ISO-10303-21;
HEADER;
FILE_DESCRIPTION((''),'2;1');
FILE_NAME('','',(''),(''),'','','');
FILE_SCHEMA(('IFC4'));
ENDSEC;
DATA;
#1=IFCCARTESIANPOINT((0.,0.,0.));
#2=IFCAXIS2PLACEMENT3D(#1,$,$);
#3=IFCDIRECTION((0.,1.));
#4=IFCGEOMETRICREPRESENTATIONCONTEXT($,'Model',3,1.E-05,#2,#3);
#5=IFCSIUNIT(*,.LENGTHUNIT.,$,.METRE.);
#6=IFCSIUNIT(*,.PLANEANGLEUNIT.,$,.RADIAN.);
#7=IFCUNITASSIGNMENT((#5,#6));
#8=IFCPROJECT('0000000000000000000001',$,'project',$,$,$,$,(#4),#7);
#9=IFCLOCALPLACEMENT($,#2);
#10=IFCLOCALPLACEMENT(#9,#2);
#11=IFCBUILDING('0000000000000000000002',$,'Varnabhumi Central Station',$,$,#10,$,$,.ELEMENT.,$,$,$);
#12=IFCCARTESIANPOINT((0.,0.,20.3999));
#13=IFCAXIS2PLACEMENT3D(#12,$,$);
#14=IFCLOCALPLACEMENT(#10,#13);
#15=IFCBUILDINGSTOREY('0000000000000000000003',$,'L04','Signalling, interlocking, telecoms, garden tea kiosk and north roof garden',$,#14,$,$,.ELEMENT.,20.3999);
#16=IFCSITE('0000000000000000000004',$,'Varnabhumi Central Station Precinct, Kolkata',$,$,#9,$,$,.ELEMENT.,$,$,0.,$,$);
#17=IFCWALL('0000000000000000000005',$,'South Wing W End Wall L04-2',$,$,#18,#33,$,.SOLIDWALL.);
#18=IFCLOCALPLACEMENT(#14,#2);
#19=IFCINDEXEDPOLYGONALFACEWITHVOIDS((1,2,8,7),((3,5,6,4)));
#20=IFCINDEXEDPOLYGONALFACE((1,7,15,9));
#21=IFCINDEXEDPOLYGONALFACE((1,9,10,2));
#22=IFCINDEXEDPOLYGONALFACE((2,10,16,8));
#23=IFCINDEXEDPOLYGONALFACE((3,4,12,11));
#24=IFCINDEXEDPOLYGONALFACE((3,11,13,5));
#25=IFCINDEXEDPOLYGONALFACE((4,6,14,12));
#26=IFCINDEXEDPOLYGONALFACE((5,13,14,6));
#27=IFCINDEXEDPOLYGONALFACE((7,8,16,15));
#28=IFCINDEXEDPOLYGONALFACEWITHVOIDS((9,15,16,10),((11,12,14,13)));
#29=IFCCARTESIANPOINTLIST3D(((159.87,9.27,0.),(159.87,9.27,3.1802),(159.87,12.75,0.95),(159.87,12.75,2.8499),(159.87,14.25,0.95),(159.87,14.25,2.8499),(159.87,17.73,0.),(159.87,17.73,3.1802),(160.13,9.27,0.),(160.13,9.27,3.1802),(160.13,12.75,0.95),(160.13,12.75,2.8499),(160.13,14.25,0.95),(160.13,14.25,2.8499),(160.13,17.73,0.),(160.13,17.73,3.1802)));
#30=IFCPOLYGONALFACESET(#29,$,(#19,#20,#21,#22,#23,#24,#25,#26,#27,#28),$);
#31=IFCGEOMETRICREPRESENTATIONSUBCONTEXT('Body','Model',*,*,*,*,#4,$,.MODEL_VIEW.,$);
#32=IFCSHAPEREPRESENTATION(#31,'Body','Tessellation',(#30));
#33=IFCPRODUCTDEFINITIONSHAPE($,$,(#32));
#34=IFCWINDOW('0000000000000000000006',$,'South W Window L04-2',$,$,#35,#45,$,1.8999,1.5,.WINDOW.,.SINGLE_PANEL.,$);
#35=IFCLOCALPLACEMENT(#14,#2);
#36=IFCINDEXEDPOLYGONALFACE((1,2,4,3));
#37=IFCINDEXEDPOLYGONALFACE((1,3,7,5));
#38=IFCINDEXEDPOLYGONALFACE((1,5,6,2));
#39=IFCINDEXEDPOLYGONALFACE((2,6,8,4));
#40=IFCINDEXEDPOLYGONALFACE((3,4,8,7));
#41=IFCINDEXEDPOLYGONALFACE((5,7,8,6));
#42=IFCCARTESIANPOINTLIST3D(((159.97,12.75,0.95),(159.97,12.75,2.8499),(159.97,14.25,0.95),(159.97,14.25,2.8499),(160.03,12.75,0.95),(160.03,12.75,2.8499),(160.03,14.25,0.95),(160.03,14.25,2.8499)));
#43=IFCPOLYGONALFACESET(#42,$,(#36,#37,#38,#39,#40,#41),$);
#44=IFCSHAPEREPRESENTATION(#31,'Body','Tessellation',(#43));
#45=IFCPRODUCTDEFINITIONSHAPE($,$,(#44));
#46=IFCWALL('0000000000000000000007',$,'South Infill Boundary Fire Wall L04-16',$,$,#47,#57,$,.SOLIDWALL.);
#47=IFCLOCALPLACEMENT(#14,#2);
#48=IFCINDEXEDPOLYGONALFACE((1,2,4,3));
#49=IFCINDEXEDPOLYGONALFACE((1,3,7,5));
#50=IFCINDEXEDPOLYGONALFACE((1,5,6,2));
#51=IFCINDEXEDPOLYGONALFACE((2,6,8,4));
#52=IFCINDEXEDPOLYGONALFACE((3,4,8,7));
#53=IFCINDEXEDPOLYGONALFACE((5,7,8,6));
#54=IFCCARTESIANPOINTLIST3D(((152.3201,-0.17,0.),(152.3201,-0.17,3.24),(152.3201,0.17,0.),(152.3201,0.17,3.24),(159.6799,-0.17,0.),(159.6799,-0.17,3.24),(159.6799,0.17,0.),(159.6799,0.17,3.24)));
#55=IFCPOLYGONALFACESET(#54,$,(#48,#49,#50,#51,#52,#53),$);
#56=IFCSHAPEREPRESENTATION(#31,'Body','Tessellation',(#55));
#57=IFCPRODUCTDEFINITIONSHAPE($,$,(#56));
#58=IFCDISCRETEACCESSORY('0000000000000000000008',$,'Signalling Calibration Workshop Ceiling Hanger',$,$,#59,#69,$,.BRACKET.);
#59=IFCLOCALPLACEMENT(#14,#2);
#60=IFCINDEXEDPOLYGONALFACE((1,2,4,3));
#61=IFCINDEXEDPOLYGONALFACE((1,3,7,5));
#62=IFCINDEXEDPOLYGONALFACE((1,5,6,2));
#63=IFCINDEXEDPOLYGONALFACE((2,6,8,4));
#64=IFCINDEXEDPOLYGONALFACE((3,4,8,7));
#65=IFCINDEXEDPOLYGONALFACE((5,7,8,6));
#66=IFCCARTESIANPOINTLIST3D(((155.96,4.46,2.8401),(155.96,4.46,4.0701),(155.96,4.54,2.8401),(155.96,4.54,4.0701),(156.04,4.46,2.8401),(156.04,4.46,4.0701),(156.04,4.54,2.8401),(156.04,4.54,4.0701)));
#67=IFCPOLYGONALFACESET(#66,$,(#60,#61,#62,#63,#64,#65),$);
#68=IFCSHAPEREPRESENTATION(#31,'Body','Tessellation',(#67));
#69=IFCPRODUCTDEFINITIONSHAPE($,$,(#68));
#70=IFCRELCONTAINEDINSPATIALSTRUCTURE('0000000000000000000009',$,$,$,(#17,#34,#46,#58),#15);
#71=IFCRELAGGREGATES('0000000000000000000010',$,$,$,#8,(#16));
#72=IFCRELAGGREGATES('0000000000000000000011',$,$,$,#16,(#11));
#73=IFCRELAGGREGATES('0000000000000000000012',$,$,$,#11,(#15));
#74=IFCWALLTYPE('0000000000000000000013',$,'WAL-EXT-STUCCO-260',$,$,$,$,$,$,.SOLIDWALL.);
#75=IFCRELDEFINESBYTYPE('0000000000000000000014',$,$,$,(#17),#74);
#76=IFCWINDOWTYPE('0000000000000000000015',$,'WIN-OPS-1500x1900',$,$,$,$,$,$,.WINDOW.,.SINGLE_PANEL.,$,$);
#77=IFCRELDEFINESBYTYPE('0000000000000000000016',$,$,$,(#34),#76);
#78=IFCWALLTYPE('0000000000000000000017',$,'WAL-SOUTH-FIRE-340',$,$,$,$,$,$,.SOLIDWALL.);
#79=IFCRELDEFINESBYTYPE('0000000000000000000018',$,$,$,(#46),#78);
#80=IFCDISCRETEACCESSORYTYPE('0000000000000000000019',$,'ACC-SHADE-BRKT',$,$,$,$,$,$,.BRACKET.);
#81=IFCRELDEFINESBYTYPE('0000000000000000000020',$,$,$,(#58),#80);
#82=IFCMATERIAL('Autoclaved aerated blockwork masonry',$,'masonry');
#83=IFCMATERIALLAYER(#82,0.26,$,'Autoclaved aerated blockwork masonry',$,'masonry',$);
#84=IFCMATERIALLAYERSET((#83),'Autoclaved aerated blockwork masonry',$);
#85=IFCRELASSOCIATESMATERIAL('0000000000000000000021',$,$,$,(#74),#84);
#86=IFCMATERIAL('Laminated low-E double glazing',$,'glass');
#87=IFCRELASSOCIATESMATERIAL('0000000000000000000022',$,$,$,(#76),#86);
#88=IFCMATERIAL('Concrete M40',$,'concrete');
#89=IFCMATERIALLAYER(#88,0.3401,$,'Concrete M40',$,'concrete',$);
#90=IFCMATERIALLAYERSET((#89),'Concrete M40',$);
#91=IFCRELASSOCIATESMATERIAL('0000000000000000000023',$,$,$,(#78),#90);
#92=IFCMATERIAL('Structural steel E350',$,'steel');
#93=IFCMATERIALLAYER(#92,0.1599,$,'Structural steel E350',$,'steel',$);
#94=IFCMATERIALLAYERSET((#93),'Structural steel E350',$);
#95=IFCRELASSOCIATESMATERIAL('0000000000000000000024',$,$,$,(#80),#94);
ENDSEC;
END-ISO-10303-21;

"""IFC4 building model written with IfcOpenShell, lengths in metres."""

from ifc_helpers import new_model, si_unit, direction, frame, frame_2d, origin, origin_2d, place, context, subcontext, project, spatial, rectangle, extrude, material, layer, layer_set, type_object, element, fill, save


model = new_model("IFC4")

# Units and contexts
model_context = context("Model", 3, precision=1e-05, world=origin(), true_north=direction((0.0, 1.0)))
body_context = subcontext(model_context, "Body", "Model", "MODEL_VIEW")
ifc_project = project(units=[si_unit("LENGTHUNIT", "METRE"), si_unit("PLANEANGLEUNIT", "RADIAN")], contexts=[model_context])

# Site, building, storey
site_placement = place(None, origin())
site = spatial("IfcSite", under=ifc_project, at=site_placement, Name="Varnabhumi Central Station Precinct, Kolkata", CompositionType="ELEMENT", RefElevation=0.0)
building_placement = place(site_placement, origin())
building = spatial("IfcBuilding", under=site, at=building_placement, Name="Varnabhumi Central Station", CompositionType="ELEMENT")
storey_placement = place(building_placement, frame((0.0, 0.0, 20.3999)))
storey = spatial("IfcBuildingStorey", under=building, at=storey_placement, Name="L04", Description="Signalling, interlocking, telecoms, garden tea kiosk and north roof garden", CompositionType="ELEMENT", Elevation=20.3999)

# Shared definitions
ifc_material_1 = material(Name="Concrete M40", Category="concrete")

# Shared definitions
ifc_material_2 = material(Name="Structural steel E350", Category="steel")

# Shared definitions
ifc_material_3 = material(Name="Autoclaved aerated blockwork masonry", Category="masonry")

# Wall, opening, window
ifc_layer_1 = layer(ifc_material_3, 0.26, Name="Autoclaved aerated blockwork masonry", Category="masonry")
ifc_layer_set_1 = layer_set([ifc_layer_1], Name="Autoclaved aerated blockwork masonry")
wall_type_1 = type_object("IfcWallType", Name="WAL-EXT-STUCCO-260", PredefinedType="SOLIDWALL", material=ifc_layer_set_1)
ifc_material_4 = material(Name="Laminated low-E double glazing", Category="glass")
window_type = type_object("IfcWindowType", Name="WIN-OPS-1500x1900", PartitioningType="SINGLE_PANEL", PredefinedType="WINDOW", material=ifc_material_4)
wall_1_placement = place(storey_placement, frame((160.0, 9.27, 0.0), z_axis=(0.0, 0.0, 1.0), x_axis=(0.0, 1.0, 0.0)))
wall_1 = element("IfcWall", 1, at=wall_1_placement, inside=storey, type_object=wall_type_1, Name="South Wing W End Wall L04-2", PredefinedType="SOLIDWALL", context=body_context, shape_type="SweptSolid", body=[
    extrude(rectangle(XDim=8.46, YDim=0.26, at=frame_2d((4.23, 0.0))), origin(), (0.0, 0.0, 1.0), 3.1802),
])
opening_1_placement = place(wall_1_placement, frame((3.48, 0.0, 0.95)))
opening_1 = element("IfcOpeningElement", 2, at=opening_1_placement, cuts=wall_1, PredefinedType="OPENING", context=body_context, shape_type="SweptSolid", body=[
    extrude(rectangle(XDim=1.5, YDim=1.8999, at=frame_2d((0.75, 0.95))), frame((0.0, 0.1399, 0.0), z_axis=(0.0, -1.0, 0.0), x_axis=(1.0, 0.0, 0.0)), (0.0, 0.0, 1.0), 0.28),
])
window_1_placement = place(opening_1_placement, origin())
window_1 = element("IfcWindow", 3, at=window_1_placement, inside=storey, type_object=window_type, Name="South W Window L04-2", OverallHeight=1.8999, OverallWidth=1.5, PartitioningType="SINGLE_PANEL", PredefinedType="WINDOW", context=body_context, shape_type="SweptSolid", body=[
    extrude(rectangle(XDim=1.5, YDim=1.8999, at=frame_2d((0.75, 0.95))), frame((0.0, 0.03, 0.0), z_axis=(0.0, -1.0, 0.0), x_axis=(1.0, 0.0, 0.0)), (0.0, 0.0, 1.0), 0.0601),
])
fill(opening_1, window_1)

# Wall
ifc_layer_2 = layer(ifc_material_1, 0.3401, Name="Concrete M40", Category="concrete")
ifc_layer_set_2 = layer_set([ifc_layer_2], Name="Concrete M40")
wall_type_2 = type_object("IfcWallType", Name="WAL-SOUTH-FIRE-340", PredefinedType="SOLIDWALL", material=ifc_layer_set_2)
wall_2_placement = place(storey_placement, frame((152.3201, 0.0, 0.0), z_axis=(0.0, 0.0, 1.0), x_axis=(1.0, 0.0, 0.0)))
element("IfcWall", 4, at=wall_2_placement, inside=storey, type_object=wall_type_2, Name="South Infill Boundary Fire Wall L04-16", PredefinedType="SOLIDWALL", context=body_context, shape_type="SweptSolid", body=[
    extrude(rectangle(XDim=7.3599, YDim=0.3401, at=frame_2d((3.6799, 0.0))), origin(), (0.0, 0.0, 1.0), 3.24),
])

# Discrete accessory
ifc_layer_3 = layer(ifc_material_2, 0.1599, Name="Structural steel E350", Category="steel")
ifc_layer_set_3 = layer_set([ifc_layer_3], Name="Structural steel E350")
discrete_accessory_type = type_object("IfcDiscreteAccessoryType", Name="ACC-SHADE-BRKT", PredefinedType="BRACKET", material=ifc_layer_set_3)
discrete_accessory_placement = place(storey_placement, frame((156.0, 4.5, 2.8401), z_axis=(0.0, 0.0, 1.0), x_axis=(1.0, 0.0, 0.0)))
element("IfcDiscreteAccessory", 5, at=discrete_accessory_placement, inside=storey, type_object=discrete_accessory_type, Name="Signalling Calibration Workshop Ceiling Hanger", PredefinedType="BRACKET", context=body_context, shape_type="SweptSolid", body=[
    extrude(rectangle(XDim=0.0801, YDim=0.0801, at=origin_2d()), origin(), (0.0, 0.0, 1.0), 1.23),
])

save(model, "model.ifc")
